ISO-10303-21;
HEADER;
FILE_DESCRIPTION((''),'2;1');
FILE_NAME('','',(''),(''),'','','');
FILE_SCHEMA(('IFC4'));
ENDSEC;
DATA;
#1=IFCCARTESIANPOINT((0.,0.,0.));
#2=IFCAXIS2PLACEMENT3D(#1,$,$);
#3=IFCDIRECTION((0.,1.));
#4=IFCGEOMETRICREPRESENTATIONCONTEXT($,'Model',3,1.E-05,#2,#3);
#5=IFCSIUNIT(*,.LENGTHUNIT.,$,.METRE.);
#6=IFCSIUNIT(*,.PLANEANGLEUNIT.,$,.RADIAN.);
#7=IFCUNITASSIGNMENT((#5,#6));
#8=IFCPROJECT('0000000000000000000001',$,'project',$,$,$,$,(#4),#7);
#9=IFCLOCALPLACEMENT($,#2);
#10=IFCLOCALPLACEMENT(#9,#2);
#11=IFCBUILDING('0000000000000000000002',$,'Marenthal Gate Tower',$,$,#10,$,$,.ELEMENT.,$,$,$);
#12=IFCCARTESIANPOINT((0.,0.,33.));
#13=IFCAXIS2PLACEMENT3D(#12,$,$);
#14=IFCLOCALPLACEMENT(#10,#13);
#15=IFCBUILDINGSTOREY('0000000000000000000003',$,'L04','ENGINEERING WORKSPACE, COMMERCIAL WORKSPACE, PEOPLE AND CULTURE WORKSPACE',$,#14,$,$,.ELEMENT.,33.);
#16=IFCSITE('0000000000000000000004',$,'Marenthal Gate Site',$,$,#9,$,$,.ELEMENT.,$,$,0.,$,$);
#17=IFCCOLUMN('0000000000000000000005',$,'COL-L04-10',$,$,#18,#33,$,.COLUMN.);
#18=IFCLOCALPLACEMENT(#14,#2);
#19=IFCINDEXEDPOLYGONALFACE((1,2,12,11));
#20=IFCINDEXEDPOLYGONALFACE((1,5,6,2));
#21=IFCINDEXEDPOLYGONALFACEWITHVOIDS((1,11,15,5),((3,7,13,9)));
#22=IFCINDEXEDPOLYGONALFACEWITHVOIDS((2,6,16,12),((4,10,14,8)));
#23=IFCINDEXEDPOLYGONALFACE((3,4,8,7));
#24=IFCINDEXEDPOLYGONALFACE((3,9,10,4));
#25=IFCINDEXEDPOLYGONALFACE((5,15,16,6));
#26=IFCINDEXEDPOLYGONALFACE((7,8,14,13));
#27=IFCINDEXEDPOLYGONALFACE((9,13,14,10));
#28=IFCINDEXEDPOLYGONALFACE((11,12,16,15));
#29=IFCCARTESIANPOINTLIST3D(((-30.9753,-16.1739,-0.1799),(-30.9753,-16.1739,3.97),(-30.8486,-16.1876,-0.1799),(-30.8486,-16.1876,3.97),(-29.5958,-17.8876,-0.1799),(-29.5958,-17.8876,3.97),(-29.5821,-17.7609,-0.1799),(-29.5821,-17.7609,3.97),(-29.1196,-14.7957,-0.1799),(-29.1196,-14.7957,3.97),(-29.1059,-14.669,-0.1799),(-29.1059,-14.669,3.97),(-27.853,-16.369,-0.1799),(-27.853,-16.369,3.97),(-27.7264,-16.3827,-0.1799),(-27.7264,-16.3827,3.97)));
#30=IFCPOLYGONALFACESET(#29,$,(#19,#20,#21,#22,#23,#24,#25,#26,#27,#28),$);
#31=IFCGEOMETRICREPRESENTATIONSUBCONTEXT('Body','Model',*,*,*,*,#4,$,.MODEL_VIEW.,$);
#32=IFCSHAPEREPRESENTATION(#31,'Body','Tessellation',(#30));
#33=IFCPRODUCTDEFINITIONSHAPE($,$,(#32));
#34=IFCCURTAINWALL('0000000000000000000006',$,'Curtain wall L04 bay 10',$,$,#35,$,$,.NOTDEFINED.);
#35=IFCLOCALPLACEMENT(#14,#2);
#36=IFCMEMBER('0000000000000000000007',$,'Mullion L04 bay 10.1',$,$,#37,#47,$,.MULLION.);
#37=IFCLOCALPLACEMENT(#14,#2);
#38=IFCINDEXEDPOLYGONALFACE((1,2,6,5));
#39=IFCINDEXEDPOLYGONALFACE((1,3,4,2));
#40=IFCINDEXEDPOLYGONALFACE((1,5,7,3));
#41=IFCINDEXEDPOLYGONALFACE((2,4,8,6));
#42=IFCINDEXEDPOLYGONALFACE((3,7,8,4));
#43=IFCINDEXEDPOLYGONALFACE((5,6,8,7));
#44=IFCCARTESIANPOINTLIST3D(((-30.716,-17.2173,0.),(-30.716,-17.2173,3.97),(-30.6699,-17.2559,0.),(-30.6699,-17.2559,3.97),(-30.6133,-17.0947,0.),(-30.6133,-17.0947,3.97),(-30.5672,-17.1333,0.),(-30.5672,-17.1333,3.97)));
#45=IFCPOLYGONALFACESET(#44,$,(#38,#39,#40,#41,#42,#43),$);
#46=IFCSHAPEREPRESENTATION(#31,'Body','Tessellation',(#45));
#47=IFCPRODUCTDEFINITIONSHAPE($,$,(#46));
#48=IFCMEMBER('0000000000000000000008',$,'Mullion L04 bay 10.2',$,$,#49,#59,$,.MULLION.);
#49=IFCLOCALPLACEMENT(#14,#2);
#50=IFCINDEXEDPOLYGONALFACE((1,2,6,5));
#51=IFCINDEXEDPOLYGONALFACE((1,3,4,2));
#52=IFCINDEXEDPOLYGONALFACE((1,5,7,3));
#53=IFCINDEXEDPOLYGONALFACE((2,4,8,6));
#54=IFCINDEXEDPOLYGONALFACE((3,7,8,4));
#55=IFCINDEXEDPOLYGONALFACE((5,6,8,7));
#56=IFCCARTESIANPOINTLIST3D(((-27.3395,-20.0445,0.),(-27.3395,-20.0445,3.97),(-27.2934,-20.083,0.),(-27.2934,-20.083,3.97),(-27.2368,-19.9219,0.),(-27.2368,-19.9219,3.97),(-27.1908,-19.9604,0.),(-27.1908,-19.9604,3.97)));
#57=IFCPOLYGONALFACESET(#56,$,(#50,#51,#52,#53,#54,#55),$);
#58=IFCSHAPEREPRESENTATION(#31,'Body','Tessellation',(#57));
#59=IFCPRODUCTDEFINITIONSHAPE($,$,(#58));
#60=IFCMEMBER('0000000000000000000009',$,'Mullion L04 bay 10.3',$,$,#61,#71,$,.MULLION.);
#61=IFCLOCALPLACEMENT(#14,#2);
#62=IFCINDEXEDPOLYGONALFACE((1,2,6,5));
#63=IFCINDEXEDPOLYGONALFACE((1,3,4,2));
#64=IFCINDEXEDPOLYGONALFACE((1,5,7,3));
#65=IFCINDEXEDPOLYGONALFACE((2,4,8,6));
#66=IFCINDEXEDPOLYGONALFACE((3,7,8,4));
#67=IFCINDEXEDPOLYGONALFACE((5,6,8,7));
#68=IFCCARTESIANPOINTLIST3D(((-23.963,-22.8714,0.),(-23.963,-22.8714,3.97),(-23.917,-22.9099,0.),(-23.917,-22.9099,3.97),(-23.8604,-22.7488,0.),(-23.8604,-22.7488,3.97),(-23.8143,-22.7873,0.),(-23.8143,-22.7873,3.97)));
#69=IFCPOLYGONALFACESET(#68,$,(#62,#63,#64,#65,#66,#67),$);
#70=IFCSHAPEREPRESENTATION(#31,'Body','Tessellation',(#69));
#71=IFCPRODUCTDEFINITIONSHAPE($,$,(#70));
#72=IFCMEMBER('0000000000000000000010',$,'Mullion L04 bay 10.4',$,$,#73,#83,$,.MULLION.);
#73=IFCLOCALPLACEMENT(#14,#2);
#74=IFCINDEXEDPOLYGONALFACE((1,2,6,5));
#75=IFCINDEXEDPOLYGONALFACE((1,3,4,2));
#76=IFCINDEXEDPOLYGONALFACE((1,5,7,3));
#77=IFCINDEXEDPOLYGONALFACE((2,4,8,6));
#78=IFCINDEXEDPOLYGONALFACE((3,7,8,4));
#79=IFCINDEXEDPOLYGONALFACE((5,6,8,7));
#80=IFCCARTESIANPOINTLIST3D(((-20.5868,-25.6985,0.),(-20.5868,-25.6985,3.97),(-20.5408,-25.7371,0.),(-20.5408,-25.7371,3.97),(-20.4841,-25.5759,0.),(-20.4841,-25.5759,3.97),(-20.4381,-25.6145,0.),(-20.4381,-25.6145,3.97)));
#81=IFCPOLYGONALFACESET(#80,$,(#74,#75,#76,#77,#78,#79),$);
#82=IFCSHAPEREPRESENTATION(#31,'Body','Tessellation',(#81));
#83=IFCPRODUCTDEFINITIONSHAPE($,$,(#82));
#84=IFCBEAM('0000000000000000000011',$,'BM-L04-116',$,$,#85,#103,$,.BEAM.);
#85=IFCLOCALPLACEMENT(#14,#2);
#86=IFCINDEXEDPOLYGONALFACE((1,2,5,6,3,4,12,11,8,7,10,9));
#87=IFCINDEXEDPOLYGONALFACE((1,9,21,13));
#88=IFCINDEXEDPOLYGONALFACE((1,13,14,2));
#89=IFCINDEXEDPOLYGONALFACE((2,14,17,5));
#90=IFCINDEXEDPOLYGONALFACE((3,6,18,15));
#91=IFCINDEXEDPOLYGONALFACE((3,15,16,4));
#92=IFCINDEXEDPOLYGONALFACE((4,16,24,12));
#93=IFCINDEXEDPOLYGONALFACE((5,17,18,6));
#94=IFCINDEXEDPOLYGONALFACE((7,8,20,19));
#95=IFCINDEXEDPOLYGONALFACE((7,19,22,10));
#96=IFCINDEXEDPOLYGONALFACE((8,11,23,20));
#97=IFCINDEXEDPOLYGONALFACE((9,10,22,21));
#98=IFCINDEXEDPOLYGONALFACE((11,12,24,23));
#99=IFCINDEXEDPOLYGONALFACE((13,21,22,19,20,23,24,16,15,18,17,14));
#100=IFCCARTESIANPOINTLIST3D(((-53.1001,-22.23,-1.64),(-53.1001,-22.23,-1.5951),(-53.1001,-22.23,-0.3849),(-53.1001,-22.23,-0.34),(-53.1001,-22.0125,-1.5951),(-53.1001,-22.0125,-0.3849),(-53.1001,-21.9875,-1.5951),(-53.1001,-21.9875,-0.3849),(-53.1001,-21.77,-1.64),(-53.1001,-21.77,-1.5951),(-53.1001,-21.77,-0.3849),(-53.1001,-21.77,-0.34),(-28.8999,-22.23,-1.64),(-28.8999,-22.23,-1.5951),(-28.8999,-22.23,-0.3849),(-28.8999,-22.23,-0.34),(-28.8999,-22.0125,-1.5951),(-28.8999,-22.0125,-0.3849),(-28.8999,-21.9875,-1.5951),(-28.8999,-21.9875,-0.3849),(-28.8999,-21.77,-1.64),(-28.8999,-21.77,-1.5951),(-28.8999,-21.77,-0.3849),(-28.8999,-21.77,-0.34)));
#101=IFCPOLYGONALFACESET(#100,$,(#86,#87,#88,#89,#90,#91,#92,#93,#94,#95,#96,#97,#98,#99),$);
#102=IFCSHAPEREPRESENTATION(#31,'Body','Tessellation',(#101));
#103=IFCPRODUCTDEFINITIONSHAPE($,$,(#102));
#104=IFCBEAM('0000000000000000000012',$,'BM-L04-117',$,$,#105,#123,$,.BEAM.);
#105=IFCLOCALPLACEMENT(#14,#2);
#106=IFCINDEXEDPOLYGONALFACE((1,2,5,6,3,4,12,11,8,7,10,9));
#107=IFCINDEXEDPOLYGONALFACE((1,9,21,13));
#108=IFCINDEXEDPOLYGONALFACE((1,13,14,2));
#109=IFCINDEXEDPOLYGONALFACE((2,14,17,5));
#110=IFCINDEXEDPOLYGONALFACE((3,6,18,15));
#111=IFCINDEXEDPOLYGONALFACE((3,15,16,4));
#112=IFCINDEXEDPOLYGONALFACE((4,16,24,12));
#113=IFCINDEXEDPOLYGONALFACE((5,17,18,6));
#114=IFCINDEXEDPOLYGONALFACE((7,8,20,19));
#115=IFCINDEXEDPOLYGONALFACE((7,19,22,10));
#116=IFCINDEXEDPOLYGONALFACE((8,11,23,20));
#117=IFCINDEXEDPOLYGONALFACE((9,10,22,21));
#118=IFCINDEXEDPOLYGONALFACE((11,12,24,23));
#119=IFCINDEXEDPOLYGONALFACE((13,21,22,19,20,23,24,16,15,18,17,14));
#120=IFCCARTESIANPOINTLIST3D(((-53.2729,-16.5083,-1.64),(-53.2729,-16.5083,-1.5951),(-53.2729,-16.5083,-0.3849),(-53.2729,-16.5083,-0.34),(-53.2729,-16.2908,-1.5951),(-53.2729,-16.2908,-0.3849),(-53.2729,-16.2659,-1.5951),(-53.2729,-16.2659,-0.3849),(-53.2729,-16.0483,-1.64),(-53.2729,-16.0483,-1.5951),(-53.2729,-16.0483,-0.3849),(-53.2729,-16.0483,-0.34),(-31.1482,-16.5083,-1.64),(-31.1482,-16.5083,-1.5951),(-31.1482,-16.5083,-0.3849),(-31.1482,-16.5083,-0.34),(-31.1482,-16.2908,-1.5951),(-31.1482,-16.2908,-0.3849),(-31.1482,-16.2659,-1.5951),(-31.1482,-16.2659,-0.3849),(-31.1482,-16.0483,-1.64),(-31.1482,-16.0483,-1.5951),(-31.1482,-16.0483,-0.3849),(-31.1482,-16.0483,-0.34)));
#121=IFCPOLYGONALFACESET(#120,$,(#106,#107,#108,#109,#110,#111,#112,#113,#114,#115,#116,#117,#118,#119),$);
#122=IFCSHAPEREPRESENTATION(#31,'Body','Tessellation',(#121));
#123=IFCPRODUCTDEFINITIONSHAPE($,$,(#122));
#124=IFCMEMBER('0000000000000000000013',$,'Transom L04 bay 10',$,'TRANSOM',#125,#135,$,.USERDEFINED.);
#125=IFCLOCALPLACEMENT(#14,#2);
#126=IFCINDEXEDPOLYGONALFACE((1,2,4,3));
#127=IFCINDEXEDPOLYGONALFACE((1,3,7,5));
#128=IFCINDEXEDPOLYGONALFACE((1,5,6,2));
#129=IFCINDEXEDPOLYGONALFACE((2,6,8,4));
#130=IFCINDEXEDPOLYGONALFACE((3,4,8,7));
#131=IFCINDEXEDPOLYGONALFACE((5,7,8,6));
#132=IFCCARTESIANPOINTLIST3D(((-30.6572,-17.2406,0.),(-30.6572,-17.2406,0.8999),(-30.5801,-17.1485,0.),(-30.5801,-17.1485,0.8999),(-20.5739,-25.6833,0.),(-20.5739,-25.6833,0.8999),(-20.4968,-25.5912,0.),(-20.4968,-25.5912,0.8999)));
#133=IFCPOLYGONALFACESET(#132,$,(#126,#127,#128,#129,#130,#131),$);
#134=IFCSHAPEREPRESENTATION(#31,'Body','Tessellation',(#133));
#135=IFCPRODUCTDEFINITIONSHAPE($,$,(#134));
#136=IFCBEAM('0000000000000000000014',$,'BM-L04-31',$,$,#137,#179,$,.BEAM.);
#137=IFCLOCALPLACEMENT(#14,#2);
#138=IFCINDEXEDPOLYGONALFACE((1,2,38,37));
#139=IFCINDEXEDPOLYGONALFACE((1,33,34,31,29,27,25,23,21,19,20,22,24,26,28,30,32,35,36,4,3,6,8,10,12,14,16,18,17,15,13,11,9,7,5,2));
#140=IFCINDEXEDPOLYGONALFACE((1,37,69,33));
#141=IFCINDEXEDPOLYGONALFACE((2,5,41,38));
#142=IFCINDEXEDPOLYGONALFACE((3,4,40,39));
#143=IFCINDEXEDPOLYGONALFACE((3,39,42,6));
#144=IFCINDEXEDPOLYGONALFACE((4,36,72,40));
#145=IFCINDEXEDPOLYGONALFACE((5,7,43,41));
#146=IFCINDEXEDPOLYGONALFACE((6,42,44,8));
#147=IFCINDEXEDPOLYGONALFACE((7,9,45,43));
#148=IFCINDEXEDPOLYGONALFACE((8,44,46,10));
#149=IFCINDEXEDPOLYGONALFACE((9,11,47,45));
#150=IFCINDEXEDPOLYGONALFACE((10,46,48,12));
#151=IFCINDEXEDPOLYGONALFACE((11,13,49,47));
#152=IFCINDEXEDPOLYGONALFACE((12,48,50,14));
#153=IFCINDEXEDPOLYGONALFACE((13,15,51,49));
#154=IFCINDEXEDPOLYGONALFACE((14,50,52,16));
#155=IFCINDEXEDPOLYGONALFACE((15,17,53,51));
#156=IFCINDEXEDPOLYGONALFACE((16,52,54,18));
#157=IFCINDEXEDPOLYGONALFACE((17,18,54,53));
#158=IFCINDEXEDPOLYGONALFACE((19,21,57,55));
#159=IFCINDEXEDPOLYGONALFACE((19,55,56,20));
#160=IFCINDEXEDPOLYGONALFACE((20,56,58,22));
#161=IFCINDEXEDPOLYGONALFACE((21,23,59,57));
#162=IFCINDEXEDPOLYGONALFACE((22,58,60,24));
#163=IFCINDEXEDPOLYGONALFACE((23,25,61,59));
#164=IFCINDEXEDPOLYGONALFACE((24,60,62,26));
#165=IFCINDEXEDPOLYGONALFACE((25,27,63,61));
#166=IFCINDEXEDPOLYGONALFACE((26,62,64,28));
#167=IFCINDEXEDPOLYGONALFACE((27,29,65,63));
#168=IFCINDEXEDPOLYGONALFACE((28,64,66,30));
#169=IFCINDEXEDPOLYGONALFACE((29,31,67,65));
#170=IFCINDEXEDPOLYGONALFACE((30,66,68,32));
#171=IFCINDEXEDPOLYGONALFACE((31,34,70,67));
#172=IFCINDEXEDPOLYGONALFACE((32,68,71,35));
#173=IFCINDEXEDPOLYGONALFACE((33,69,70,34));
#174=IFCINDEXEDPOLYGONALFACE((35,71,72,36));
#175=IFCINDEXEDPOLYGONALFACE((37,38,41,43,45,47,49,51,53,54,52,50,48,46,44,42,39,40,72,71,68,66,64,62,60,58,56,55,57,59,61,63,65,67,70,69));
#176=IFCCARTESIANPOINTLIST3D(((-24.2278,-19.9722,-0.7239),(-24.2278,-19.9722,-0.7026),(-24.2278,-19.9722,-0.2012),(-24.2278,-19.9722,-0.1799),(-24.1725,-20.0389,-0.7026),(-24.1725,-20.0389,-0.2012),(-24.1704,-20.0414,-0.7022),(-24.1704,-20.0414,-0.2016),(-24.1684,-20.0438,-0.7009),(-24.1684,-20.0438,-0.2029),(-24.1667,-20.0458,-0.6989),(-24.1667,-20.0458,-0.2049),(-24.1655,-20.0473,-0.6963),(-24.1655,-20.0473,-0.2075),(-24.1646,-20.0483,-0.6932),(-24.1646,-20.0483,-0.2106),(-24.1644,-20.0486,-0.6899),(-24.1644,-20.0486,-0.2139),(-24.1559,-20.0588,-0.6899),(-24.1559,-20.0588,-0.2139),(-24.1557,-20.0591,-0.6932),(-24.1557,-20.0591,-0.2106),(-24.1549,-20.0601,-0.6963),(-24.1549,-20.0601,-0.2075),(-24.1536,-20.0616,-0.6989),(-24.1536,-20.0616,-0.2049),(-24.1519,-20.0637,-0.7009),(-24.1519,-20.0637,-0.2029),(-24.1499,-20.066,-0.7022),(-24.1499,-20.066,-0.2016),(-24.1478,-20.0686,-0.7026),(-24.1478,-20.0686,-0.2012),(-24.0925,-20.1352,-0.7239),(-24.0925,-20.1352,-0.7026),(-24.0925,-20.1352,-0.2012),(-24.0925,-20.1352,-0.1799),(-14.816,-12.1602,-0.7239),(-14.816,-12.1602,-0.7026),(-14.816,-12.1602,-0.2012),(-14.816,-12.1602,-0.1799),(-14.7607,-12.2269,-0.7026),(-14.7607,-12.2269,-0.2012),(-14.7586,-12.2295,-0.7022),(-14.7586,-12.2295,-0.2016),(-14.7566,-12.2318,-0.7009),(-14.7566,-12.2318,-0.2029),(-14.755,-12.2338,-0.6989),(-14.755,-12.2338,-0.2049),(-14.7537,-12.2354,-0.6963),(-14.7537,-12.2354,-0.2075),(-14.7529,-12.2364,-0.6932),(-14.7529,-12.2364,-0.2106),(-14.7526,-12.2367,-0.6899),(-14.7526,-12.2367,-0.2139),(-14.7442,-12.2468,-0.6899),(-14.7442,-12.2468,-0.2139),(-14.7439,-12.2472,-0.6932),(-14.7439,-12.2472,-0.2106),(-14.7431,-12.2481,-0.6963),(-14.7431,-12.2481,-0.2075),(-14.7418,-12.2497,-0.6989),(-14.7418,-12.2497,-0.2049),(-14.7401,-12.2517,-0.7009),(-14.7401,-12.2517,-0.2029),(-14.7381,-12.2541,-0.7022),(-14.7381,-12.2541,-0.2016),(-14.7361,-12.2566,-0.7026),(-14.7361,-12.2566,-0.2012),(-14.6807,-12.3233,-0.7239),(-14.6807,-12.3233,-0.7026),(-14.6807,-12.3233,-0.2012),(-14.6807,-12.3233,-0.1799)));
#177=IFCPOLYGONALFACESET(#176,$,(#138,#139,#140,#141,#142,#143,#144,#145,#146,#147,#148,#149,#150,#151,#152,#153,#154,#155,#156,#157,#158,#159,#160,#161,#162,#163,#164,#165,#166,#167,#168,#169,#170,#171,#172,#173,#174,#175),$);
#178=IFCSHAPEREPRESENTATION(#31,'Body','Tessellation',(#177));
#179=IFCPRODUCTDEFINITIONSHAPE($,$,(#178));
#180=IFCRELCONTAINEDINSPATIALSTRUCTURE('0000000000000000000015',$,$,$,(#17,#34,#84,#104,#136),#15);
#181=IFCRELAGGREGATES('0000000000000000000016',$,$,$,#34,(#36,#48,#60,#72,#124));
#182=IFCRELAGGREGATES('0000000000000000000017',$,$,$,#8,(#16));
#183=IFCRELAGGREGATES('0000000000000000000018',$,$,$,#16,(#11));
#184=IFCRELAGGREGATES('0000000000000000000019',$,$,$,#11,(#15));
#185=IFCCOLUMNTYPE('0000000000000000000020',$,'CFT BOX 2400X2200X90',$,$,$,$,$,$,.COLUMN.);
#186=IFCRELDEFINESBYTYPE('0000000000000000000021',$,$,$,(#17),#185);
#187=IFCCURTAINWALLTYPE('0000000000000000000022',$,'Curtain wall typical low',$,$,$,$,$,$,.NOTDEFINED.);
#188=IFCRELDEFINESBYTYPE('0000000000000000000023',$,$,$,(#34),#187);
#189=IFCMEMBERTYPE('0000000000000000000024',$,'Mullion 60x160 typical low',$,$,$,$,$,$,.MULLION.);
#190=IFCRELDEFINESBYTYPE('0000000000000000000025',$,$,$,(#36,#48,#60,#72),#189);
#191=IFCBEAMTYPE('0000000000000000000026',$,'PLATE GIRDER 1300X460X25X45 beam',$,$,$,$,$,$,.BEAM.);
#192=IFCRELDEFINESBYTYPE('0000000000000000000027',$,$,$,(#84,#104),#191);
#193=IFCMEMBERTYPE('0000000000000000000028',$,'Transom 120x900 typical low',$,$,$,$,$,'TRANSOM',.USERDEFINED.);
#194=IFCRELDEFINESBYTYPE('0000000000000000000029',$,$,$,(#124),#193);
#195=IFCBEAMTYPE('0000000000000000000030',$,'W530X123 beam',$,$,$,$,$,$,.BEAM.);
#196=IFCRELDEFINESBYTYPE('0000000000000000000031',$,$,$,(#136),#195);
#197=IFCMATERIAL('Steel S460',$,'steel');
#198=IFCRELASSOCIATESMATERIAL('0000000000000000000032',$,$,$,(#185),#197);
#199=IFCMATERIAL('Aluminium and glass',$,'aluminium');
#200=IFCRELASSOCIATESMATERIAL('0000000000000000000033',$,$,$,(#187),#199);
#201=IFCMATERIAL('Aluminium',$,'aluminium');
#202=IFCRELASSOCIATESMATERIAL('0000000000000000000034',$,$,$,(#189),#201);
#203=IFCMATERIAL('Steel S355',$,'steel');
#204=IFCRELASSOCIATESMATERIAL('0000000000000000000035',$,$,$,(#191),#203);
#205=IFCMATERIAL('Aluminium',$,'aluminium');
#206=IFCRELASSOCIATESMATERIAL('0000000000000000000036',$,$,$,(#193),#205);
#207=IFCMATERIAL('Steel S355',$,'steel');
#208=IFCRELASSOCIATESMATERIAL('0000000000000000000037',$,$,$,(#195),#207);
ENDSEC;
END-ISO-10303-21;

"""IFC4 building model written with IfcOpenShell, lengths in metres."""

from ifc_helpers import new_model, si_unit, direction, frame, origin, origin_2d, place, context, subcontext, project, spatial, rectangle, hollow_rectangle, i_section, extrude, material, material_profile, profile_set, type_object, element, aggregate, save


model = new_model("IFC4")

# Units and contexts
model_context = context("Model", 3, precision=1e-05, world=origin(), true_north=direction((0.0, 1.0)))
body_context = subcontext(model_context, "Body", "Model", "MODEL_VIEW")
ifc_project = project(units=[si_unit("LENGTHUNIT", "METRE"), si_unit("PLANEANGLEUNIT", "RADIAN")], contexts=[model_context])

# Site, building, storey
site_placement = place(None, origin())
site = spatial("IfcSite", under=ifc_project, at=site_placement, Name="Marenthal Gate Site", CompositionType="ELEMENT", RefElevation=0.0)
building_placement = place(site_placement, origin())
building = spatial("IfcBuilding", under=site, at=building_placement, Name="Marenthal Gate Tower", CompositionType="ELEMENT")
storey_placement = place(building_placement, frame((0.0, 0.0, 33.0)))
storey = spatial("IfcBuildingStorey", under=building, at=storey_placement, Name="L04", Description="ENGINEERING WORKSPACE, COMMERCIAL WORKSPACE, PEOPLE AND CULTURE WORKSPACE", CompositionType="ELEMENT", Elevation=33.0)

# Column
ifc_material_1 = material(Name="Steel S460", Category="steel")
ifc_material_profile_1 = material_profile(ifc_material_1, hollow_rectangle(XDim=2.2, YDim=2.3999, WallThickness=0.0901, at=origin_2d()), Name="CFT BOX 2400X2200X90")
ifc_material_2 = material(Name="Concrete 70 MPa", Category="concrete")
ifc_material_profile_2 = material_profile(ifc_material_2, rectangle(XDim=2.02, YDim=2.22, at=origin_2d()), Name="CFT BOX 2400X2200X90 INFILL")
ifc_profile_set_1 = profile_set([ifc_material_profile_1, ifc_material_profile_2], Name="Steel S460 shell, Concrete 70 MPa infill")
column_type = type_object("IfcColumnType", Name="CFT BOX 2400X2200X90", PredefinedType="COLUMN", material=ifc_profile_set_1)
column_placement = place(storey_placement, frame((-29.3508, -16.2783, -0.1799), z_axis=(0.0, 0.0, 1.0), x_axis=(-0.62707, 0.778963, 0.0)))
element("IfcColumn", 1, at=column_placement, inside=storey, type_object=column_type, Name="COL-L04-10", PredefinedType="COLUMN", context=body_context, shape_type="SweptSolid", body=[
    extrude(hollow_rectangle(XDim=2.2, YDim=2.3999, WallThickness=0.0901, at=origin_2d()), origin(), (0.0, 0.0, 1.0), 4.1499),
])

# Curtain wall, members
ifc_material_3 = material(Name="Aluminium and glass", Category="aluminium")
curtain_wall_type = type_object("IfcCurtainWallType", Name="Curtain wall typical low", PredefinedType="NOTDEFINED", material=ifc_material_3)
curtain_wall_placement = place(storey_placement, origin())
curtain_wall = element("IfcCurtainWall", 2, at=curtain_wall_placement, inside=storey, type_object=curtain_wall_type, Name="Curtain wall L04 bay 10", PredefinedType="NOTDEFINED")
ifc_material_4 = material(Name="Aluminium", Category="aluminium")
ifc_material_profile_3 = material_profile(ifc_material_4, rectangle(XDim=0.1599, YDim=0.0601, at=origin_2d()), Name="60x160 aluminium mullion")
ifc_profile_set_2 = profile_set([ifc_material_profile_3], Name="Aluminium")
member_type_1 = type_object("IfcMemberType", Name="Mullion 60x160 typical low", PredefinedType="MULLION", material=ifc_profile_set_2)
member_1_placement = place(storey_placement, frame((-30.6416, -17.1753, 0.0), z_axis=(0.0, 0.0, 1.0), x_axis=(0.641982, 0.76672, 0.0)))
member_1 = element("IfcMember", 3, at=member_1_placement, type_object=member_type_1, Name="Mullion L04 bay 10.1", PredefinedType="MULLION", context=body_context, shape_type="SweptSolid", body=[
    extrude(rectangle(XDim=0.1599, YDim=0.0601, at=origin_2d()), origin(), (0.0, 0.0, 1.0), 3.97),
])
member_2_placement = place(storey_placement, frame((-27.2651, -20.0024, 0.0), z_axis=(0.0, 0.0, 1.0), x_axis=(0.641982, 0.76672, 0.0)))
member_2 = element("IfcMember", 4, at=member_2_placement, type_object=member_type_1, Name="Mullion L04 bay 10.2", PredefinedType="MULLION", context=body_context, shape_type="SweptSolid", body=[
    extrude(rectangle(XDim=0.1599, YDim=0.0601, at=origin_2d()), origin(), (0.0, 0.0, 1.0), 3.97),
])
member_3_placement = place(storey_placement, frame((-23.8887, -22.8293, 0.0), z_axis=(0.0, 0.0, 1.0), x_axis=(0.641982, 0.76672, 0.0)))
member_3 = element("IfcMember", 5, at=member_3_placement, type_object=member_type_1, Name="Mullion L04 bay 10.3", PredefinedType="MULLION", context=body_context, shape_type="SweptSolid", body=[
    extrude(rectangle(XDim=0.1599, YDim=0.0601, at=origin_2d()), origin(), (0.0, 0.0, 1.0), 3.97),
])
member_4_placement = place(storey_placement, frame((-20.5125, -25.6565, 0.0), z_axis=(0.0, 0.0, 1.0), x_axis=(0.641982, 0.76672, 0.0)))
member_4 = element("IfcMember", 6, at=member_4_placement, type_object=member_type_1, Name="Mullion L04 bay 10.4", PredefinedType="MULLION", context=body_context, shape_type="SweptSolid", body=[
    extrude(rectangle(XDim=0.1599, YDim=0.0601, at=origin_2d()), origin(), (0.0, 0.0, 1.0), 3.97),
])

# Beams
ifc_material_5 = material(Name="Steel S355", Category="steel")
ifc_material_profile_4 = material_profile(ifc_material_5, i_section(OverallWidth=0.46, OverallDepth=1.3, WebThickness=0.0249, FlangeThickness=0.0449, at=origin_2d()), Name="PLATE GIRDER 1300X460X25X45")
ifc_profile_set_3 = profile_set([ifc_material_profile_4], Name="Steel S355")
beam_type_1 = type_object("IfcBeamType", Name="PLATE GIRDER 1300X460X25X45 beam", PredefinedType="BEAM", material=ifc_profile_set_3)
beam_1_placement = place(storey_placement, frame((-28.8999, -22.0, -0.99), z_axis=(-1.0, 0.0, 0.0), x_axis=(0.0, -1.0, 0.0)))
element("IfcBeam", 7, at=beam_1_placement, inside=storey, type_object=beam_type_1, Name="BM-L04-116", PredefinedType="BEAM", context=body_context, shape_type="SweptSolid", body=[
    extrude(i_section(OverallWidth=0.46, OverallDepth=1.3, WebThickness=0.0249, FlangeThickness=0.0449, at=origin_2d()), origin(), (0.0, 0.0, 1.0), 24.2002),
])
beam_2_placement = place(storey_placement, frame((-31.1482, -16.2783, -0.99), z_axis=(-1.0, 0.0, 0.0), x_axis=(0.0, -1.0, 0.0)))
element("IfcBeam", 8, at=beam_2_placement, inside=storey, type_object=beam_type_1, Name="BM-L04-117", PredefinedType="BEAM", context=body_context, shape_type="SweptSolid", body=[
    extrude(i_section(OverallWidth=0.46, OverallDepth=1.3, WebThickness=0.0249, FlangeThickness=0.0449, at=origin_2d()), origin(), (0.0, 0.0, 1.0), 22.1248),
])

# Member
ifc_material_6 = material(Name="Aluminium", Category="aluminium")
ifc_material_profile_5 = material_profile(ifc_material_6, rectangle(XDim=0.1201, YDim=0.8999, at=origin_2d()), Name="120x900 aluminium transom")
ifc_profile_set_4 = profile_set([ifc_material_profile_5], Name="Aluminium")
member_type_2 = type_object("IfcMemberType", Name="Transom 120x900 typical low", ElementType="TRANSOM", PredefinedType="USERDEFINED", material=ifc_profile_set_4)
member_5_placement = place(storey_placement, frame((-30.6187, -17.1946, 0.45), z_axis=(0.766726, -0.641974, 0.0), x_axis=(0.641974, 0.766726, 0.0)))
member_5 = element("IfcMember", 9, at=member_5_placement, type_object=member_type_2, Name="Transom L04 bay 10", ObjectType="TRANSOM", PredefinedType="USERDEFINED", context=body_context, shape_type="SweptSolid", body=[
    extrude(rectangle(XDim=0.1201, YDim=0.8999, at=origin_2d()), origin(), (0.0, 0.0, 1.0), 13.1511),
])

# Beam
ifc_material_7 = material(Name="Steel S355", Category="steel")
ifc_material_profile_6 = material_profile(ifc_material_7, i_section(OverallWidth=0.2119, OverallDepth=0.5439, WebThickness=0.0132, FlangeThickness=0.0212, FilletRadius=0.0127, at=origin_2d()), Name="W530X123")
ifc_profile_set_5 = profile_set([ifc_material_profile_6], Name="Steel S355")
beam_type_2 = type_object("IfcBeamType", Name="W530X123 beam", PredefinedType="BEAM", material=ifc_profile_set_5)
beam_3_placement = place(storey_placement, frame((-24.1602, -20.0537, -0.4519), z_axis=(0.769475, 0.638677, 0.0), x_axis=(-0.638677, 0.769475, 0.0)))
element("IfcBeam", 10, at=beam_3_placement, inside=storey, type_object=beam_type_2, Name="BM-L04-31", PredefinedType="BEAM", context=body_context, shape_type="SweptSolid", body=[
    extrude(i_section(OverallWidth=0.2119, OverallDepth=0.5439, WebThickness=0.0132, FlangeThickness=0.0212, FilletRadius=0.0127, at=origin_2d()), origin(), (0.0, 0.0, 1.0), 12.2314),
])

aggregate(curtain_wall, [member_1, member_2, member_3, member_4, member_5])

save(model, "model.ifc")
